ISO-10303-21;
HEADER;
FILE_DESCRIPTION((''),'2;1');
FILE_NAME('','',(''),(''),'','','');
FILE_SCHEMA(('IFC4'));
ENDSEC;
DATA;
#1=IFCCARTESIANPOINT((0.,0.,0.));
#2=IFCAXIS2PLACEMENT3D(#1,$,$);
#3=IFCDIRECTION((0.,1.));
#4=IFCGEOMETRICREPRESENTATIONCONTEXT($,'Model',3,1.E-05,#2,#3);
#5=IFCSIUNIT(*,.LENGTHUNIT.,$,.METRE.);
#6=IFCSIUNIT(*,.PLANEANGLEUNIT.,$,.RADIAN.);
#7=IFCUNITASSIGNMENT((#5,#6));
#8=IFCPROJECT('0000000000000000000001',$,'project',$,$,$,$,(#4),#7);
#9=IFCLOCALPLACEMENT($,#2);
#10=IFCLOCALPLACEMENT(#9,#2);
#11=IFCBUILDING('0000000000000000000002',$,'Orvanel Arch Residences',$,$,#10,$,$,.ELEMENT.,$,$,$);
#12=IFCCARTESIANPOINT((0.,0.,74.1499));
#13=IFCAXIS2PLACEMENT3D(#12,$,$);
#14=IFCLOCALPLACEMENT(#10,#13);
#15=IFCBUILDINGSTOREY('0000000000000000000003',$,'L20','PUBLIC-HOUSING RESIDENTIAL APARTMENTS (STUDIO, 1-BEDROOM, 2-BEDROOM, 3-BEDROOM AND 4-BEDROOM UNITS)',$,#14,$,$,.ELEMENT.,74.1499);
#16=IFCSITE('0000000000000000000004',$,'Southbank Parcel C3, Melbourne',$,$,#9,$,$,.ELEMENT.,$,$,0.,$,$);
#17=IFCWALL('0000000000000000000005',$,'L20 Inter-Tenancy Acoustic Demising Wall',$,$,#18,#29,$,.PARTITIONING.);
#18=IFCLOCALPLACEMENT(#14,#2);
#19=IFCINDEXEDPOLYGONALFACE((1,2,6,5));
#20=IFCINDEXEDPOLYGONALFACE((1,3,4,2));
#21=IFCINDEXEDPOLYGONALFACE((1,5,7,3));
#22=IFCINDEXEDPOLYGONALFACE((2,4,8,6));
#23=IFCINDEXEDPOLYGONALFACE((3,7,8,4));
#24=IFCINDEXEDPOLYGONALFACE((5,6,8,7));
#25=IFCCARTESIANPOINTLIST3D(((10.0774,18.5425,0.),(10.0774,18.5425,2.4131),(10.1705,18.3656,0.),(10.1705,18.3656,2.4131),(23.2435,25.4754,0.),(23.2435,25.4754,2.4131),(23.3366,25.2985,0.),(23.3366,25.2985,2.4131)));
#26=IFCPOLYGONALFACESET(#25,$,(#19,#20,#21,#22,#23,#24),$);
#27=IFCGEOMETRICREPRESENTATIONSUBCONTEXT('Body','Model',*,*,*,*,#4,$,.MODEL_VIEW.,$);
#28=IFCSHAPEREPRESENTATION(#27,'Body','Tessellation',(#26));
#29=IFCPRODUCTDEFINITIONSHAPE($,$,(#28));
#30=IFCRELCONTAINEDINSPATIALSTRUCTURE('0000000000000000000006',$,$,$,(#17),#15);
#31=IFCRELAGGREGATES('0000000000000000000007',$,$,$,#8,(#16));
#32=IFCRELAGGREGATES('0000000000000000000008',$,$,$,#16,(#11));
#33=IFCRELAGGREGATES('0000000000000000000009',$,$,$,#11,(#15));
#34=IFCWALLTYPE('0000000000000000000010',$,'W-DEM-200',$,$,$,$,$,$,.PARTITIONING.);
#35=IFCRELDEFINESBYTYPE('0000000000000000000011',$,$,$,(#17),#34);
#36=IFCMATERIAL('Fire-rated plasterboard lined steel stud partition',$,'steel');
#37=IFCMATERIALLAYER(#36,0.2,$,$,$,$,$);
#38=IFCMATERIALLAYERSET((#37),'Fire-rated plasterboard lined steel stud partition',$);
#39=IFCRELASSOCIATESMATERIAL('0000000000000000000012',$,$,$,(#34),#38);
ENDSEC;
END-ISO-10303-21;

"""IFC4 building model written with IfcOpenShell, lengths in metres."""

from ifc_helpers import new_model, si_unit, direction, frame, frame_2d, origin, place, context, subcontext, project, spatial, rectangle, extrude, material, layer, layer_set, type_object, element, save


model = new_model("IFC4")

# Units and contexts
model_context = context("Model", 3, precision=1e-05, world=origin(), true_north=direction((0.0, 1.0)))
body_context = subcontext(model_context, "Body", "Model", "MODEL_VIEW")
ifc_project = project(units=[si_unit("LENGTHUNIT", "METRE"), si_unit("PLANEANGLEUNIT", "RADIAN")], contexts=[model_context])

# Site, building, storey
site_placement = place(None, origin())
site = spatial("IfcSite", under=ifc_project, at=site_placement, Name="Southbank Parcel C3, Melbourne", CompositionType="ELEMENT", RefElevation=0.0)
building_placement = place(site_placement, origin())
building = spatial("IfcBuilding", under=site, at=building_placement, Name="Orvanel Arch Residences", CompositionType="ELEMENT")
storey_placement = place(building_placement, frame((0.0, 0.0, 74.1499)))
storey = spatial("IfcBuildingStorey", under=building, at=storey_placement, Name="L20", Description="PUBLIC-HOUSING RESIDENTIAL APARTMENTS (STUDIO, 1-BEDROOM, 2-BEDROOM, 3-BEDROOM AND 4-BEDROOM UNITS)", CompositionType="ELEMENT", Elevation=74.1499)

# Shared definitions
ifc_material_1 = material(Name="Fire-rated plasterboard lined steel stud partition", Category="steel")

# Wall
ifc_layer_1 = layer(ifc_material_1, 0.2)
ifc_layer_set_1 = layer_set([ifc_layer_1], Name="Fire-rated plasterboard lined steel stud partition")
wall_type_1 = type_object("IfcWallType", Name="W-DEM-200", PredefinedType="PARTITIONING", material=ifc_layer_set_1)
wall_1_placement = place(storey_placement, frame((23.29, 25.387, 0.0), z_axis=(0.0, 0.0, 1.0), x_axis=(-0.884825, -0.465924, 0.0)))
element("IfcWall", 1, at=wall_1_placement, inside=storey, type_object=wall_type_1, Name="L20 Inter-Tenancy Acoustic Demising Wall", PredefinedType="PARTITIONING", context=body_context, shape_type="SweptSolid", body=[
    extrude(rectangle(XDim=14.8799, YDim=0.2, at=frame_2d((7.4399, 0.0))), origin(), (0.0, 0.0, 1.0), 2.4131),
])

save(model, "model.ifc")
